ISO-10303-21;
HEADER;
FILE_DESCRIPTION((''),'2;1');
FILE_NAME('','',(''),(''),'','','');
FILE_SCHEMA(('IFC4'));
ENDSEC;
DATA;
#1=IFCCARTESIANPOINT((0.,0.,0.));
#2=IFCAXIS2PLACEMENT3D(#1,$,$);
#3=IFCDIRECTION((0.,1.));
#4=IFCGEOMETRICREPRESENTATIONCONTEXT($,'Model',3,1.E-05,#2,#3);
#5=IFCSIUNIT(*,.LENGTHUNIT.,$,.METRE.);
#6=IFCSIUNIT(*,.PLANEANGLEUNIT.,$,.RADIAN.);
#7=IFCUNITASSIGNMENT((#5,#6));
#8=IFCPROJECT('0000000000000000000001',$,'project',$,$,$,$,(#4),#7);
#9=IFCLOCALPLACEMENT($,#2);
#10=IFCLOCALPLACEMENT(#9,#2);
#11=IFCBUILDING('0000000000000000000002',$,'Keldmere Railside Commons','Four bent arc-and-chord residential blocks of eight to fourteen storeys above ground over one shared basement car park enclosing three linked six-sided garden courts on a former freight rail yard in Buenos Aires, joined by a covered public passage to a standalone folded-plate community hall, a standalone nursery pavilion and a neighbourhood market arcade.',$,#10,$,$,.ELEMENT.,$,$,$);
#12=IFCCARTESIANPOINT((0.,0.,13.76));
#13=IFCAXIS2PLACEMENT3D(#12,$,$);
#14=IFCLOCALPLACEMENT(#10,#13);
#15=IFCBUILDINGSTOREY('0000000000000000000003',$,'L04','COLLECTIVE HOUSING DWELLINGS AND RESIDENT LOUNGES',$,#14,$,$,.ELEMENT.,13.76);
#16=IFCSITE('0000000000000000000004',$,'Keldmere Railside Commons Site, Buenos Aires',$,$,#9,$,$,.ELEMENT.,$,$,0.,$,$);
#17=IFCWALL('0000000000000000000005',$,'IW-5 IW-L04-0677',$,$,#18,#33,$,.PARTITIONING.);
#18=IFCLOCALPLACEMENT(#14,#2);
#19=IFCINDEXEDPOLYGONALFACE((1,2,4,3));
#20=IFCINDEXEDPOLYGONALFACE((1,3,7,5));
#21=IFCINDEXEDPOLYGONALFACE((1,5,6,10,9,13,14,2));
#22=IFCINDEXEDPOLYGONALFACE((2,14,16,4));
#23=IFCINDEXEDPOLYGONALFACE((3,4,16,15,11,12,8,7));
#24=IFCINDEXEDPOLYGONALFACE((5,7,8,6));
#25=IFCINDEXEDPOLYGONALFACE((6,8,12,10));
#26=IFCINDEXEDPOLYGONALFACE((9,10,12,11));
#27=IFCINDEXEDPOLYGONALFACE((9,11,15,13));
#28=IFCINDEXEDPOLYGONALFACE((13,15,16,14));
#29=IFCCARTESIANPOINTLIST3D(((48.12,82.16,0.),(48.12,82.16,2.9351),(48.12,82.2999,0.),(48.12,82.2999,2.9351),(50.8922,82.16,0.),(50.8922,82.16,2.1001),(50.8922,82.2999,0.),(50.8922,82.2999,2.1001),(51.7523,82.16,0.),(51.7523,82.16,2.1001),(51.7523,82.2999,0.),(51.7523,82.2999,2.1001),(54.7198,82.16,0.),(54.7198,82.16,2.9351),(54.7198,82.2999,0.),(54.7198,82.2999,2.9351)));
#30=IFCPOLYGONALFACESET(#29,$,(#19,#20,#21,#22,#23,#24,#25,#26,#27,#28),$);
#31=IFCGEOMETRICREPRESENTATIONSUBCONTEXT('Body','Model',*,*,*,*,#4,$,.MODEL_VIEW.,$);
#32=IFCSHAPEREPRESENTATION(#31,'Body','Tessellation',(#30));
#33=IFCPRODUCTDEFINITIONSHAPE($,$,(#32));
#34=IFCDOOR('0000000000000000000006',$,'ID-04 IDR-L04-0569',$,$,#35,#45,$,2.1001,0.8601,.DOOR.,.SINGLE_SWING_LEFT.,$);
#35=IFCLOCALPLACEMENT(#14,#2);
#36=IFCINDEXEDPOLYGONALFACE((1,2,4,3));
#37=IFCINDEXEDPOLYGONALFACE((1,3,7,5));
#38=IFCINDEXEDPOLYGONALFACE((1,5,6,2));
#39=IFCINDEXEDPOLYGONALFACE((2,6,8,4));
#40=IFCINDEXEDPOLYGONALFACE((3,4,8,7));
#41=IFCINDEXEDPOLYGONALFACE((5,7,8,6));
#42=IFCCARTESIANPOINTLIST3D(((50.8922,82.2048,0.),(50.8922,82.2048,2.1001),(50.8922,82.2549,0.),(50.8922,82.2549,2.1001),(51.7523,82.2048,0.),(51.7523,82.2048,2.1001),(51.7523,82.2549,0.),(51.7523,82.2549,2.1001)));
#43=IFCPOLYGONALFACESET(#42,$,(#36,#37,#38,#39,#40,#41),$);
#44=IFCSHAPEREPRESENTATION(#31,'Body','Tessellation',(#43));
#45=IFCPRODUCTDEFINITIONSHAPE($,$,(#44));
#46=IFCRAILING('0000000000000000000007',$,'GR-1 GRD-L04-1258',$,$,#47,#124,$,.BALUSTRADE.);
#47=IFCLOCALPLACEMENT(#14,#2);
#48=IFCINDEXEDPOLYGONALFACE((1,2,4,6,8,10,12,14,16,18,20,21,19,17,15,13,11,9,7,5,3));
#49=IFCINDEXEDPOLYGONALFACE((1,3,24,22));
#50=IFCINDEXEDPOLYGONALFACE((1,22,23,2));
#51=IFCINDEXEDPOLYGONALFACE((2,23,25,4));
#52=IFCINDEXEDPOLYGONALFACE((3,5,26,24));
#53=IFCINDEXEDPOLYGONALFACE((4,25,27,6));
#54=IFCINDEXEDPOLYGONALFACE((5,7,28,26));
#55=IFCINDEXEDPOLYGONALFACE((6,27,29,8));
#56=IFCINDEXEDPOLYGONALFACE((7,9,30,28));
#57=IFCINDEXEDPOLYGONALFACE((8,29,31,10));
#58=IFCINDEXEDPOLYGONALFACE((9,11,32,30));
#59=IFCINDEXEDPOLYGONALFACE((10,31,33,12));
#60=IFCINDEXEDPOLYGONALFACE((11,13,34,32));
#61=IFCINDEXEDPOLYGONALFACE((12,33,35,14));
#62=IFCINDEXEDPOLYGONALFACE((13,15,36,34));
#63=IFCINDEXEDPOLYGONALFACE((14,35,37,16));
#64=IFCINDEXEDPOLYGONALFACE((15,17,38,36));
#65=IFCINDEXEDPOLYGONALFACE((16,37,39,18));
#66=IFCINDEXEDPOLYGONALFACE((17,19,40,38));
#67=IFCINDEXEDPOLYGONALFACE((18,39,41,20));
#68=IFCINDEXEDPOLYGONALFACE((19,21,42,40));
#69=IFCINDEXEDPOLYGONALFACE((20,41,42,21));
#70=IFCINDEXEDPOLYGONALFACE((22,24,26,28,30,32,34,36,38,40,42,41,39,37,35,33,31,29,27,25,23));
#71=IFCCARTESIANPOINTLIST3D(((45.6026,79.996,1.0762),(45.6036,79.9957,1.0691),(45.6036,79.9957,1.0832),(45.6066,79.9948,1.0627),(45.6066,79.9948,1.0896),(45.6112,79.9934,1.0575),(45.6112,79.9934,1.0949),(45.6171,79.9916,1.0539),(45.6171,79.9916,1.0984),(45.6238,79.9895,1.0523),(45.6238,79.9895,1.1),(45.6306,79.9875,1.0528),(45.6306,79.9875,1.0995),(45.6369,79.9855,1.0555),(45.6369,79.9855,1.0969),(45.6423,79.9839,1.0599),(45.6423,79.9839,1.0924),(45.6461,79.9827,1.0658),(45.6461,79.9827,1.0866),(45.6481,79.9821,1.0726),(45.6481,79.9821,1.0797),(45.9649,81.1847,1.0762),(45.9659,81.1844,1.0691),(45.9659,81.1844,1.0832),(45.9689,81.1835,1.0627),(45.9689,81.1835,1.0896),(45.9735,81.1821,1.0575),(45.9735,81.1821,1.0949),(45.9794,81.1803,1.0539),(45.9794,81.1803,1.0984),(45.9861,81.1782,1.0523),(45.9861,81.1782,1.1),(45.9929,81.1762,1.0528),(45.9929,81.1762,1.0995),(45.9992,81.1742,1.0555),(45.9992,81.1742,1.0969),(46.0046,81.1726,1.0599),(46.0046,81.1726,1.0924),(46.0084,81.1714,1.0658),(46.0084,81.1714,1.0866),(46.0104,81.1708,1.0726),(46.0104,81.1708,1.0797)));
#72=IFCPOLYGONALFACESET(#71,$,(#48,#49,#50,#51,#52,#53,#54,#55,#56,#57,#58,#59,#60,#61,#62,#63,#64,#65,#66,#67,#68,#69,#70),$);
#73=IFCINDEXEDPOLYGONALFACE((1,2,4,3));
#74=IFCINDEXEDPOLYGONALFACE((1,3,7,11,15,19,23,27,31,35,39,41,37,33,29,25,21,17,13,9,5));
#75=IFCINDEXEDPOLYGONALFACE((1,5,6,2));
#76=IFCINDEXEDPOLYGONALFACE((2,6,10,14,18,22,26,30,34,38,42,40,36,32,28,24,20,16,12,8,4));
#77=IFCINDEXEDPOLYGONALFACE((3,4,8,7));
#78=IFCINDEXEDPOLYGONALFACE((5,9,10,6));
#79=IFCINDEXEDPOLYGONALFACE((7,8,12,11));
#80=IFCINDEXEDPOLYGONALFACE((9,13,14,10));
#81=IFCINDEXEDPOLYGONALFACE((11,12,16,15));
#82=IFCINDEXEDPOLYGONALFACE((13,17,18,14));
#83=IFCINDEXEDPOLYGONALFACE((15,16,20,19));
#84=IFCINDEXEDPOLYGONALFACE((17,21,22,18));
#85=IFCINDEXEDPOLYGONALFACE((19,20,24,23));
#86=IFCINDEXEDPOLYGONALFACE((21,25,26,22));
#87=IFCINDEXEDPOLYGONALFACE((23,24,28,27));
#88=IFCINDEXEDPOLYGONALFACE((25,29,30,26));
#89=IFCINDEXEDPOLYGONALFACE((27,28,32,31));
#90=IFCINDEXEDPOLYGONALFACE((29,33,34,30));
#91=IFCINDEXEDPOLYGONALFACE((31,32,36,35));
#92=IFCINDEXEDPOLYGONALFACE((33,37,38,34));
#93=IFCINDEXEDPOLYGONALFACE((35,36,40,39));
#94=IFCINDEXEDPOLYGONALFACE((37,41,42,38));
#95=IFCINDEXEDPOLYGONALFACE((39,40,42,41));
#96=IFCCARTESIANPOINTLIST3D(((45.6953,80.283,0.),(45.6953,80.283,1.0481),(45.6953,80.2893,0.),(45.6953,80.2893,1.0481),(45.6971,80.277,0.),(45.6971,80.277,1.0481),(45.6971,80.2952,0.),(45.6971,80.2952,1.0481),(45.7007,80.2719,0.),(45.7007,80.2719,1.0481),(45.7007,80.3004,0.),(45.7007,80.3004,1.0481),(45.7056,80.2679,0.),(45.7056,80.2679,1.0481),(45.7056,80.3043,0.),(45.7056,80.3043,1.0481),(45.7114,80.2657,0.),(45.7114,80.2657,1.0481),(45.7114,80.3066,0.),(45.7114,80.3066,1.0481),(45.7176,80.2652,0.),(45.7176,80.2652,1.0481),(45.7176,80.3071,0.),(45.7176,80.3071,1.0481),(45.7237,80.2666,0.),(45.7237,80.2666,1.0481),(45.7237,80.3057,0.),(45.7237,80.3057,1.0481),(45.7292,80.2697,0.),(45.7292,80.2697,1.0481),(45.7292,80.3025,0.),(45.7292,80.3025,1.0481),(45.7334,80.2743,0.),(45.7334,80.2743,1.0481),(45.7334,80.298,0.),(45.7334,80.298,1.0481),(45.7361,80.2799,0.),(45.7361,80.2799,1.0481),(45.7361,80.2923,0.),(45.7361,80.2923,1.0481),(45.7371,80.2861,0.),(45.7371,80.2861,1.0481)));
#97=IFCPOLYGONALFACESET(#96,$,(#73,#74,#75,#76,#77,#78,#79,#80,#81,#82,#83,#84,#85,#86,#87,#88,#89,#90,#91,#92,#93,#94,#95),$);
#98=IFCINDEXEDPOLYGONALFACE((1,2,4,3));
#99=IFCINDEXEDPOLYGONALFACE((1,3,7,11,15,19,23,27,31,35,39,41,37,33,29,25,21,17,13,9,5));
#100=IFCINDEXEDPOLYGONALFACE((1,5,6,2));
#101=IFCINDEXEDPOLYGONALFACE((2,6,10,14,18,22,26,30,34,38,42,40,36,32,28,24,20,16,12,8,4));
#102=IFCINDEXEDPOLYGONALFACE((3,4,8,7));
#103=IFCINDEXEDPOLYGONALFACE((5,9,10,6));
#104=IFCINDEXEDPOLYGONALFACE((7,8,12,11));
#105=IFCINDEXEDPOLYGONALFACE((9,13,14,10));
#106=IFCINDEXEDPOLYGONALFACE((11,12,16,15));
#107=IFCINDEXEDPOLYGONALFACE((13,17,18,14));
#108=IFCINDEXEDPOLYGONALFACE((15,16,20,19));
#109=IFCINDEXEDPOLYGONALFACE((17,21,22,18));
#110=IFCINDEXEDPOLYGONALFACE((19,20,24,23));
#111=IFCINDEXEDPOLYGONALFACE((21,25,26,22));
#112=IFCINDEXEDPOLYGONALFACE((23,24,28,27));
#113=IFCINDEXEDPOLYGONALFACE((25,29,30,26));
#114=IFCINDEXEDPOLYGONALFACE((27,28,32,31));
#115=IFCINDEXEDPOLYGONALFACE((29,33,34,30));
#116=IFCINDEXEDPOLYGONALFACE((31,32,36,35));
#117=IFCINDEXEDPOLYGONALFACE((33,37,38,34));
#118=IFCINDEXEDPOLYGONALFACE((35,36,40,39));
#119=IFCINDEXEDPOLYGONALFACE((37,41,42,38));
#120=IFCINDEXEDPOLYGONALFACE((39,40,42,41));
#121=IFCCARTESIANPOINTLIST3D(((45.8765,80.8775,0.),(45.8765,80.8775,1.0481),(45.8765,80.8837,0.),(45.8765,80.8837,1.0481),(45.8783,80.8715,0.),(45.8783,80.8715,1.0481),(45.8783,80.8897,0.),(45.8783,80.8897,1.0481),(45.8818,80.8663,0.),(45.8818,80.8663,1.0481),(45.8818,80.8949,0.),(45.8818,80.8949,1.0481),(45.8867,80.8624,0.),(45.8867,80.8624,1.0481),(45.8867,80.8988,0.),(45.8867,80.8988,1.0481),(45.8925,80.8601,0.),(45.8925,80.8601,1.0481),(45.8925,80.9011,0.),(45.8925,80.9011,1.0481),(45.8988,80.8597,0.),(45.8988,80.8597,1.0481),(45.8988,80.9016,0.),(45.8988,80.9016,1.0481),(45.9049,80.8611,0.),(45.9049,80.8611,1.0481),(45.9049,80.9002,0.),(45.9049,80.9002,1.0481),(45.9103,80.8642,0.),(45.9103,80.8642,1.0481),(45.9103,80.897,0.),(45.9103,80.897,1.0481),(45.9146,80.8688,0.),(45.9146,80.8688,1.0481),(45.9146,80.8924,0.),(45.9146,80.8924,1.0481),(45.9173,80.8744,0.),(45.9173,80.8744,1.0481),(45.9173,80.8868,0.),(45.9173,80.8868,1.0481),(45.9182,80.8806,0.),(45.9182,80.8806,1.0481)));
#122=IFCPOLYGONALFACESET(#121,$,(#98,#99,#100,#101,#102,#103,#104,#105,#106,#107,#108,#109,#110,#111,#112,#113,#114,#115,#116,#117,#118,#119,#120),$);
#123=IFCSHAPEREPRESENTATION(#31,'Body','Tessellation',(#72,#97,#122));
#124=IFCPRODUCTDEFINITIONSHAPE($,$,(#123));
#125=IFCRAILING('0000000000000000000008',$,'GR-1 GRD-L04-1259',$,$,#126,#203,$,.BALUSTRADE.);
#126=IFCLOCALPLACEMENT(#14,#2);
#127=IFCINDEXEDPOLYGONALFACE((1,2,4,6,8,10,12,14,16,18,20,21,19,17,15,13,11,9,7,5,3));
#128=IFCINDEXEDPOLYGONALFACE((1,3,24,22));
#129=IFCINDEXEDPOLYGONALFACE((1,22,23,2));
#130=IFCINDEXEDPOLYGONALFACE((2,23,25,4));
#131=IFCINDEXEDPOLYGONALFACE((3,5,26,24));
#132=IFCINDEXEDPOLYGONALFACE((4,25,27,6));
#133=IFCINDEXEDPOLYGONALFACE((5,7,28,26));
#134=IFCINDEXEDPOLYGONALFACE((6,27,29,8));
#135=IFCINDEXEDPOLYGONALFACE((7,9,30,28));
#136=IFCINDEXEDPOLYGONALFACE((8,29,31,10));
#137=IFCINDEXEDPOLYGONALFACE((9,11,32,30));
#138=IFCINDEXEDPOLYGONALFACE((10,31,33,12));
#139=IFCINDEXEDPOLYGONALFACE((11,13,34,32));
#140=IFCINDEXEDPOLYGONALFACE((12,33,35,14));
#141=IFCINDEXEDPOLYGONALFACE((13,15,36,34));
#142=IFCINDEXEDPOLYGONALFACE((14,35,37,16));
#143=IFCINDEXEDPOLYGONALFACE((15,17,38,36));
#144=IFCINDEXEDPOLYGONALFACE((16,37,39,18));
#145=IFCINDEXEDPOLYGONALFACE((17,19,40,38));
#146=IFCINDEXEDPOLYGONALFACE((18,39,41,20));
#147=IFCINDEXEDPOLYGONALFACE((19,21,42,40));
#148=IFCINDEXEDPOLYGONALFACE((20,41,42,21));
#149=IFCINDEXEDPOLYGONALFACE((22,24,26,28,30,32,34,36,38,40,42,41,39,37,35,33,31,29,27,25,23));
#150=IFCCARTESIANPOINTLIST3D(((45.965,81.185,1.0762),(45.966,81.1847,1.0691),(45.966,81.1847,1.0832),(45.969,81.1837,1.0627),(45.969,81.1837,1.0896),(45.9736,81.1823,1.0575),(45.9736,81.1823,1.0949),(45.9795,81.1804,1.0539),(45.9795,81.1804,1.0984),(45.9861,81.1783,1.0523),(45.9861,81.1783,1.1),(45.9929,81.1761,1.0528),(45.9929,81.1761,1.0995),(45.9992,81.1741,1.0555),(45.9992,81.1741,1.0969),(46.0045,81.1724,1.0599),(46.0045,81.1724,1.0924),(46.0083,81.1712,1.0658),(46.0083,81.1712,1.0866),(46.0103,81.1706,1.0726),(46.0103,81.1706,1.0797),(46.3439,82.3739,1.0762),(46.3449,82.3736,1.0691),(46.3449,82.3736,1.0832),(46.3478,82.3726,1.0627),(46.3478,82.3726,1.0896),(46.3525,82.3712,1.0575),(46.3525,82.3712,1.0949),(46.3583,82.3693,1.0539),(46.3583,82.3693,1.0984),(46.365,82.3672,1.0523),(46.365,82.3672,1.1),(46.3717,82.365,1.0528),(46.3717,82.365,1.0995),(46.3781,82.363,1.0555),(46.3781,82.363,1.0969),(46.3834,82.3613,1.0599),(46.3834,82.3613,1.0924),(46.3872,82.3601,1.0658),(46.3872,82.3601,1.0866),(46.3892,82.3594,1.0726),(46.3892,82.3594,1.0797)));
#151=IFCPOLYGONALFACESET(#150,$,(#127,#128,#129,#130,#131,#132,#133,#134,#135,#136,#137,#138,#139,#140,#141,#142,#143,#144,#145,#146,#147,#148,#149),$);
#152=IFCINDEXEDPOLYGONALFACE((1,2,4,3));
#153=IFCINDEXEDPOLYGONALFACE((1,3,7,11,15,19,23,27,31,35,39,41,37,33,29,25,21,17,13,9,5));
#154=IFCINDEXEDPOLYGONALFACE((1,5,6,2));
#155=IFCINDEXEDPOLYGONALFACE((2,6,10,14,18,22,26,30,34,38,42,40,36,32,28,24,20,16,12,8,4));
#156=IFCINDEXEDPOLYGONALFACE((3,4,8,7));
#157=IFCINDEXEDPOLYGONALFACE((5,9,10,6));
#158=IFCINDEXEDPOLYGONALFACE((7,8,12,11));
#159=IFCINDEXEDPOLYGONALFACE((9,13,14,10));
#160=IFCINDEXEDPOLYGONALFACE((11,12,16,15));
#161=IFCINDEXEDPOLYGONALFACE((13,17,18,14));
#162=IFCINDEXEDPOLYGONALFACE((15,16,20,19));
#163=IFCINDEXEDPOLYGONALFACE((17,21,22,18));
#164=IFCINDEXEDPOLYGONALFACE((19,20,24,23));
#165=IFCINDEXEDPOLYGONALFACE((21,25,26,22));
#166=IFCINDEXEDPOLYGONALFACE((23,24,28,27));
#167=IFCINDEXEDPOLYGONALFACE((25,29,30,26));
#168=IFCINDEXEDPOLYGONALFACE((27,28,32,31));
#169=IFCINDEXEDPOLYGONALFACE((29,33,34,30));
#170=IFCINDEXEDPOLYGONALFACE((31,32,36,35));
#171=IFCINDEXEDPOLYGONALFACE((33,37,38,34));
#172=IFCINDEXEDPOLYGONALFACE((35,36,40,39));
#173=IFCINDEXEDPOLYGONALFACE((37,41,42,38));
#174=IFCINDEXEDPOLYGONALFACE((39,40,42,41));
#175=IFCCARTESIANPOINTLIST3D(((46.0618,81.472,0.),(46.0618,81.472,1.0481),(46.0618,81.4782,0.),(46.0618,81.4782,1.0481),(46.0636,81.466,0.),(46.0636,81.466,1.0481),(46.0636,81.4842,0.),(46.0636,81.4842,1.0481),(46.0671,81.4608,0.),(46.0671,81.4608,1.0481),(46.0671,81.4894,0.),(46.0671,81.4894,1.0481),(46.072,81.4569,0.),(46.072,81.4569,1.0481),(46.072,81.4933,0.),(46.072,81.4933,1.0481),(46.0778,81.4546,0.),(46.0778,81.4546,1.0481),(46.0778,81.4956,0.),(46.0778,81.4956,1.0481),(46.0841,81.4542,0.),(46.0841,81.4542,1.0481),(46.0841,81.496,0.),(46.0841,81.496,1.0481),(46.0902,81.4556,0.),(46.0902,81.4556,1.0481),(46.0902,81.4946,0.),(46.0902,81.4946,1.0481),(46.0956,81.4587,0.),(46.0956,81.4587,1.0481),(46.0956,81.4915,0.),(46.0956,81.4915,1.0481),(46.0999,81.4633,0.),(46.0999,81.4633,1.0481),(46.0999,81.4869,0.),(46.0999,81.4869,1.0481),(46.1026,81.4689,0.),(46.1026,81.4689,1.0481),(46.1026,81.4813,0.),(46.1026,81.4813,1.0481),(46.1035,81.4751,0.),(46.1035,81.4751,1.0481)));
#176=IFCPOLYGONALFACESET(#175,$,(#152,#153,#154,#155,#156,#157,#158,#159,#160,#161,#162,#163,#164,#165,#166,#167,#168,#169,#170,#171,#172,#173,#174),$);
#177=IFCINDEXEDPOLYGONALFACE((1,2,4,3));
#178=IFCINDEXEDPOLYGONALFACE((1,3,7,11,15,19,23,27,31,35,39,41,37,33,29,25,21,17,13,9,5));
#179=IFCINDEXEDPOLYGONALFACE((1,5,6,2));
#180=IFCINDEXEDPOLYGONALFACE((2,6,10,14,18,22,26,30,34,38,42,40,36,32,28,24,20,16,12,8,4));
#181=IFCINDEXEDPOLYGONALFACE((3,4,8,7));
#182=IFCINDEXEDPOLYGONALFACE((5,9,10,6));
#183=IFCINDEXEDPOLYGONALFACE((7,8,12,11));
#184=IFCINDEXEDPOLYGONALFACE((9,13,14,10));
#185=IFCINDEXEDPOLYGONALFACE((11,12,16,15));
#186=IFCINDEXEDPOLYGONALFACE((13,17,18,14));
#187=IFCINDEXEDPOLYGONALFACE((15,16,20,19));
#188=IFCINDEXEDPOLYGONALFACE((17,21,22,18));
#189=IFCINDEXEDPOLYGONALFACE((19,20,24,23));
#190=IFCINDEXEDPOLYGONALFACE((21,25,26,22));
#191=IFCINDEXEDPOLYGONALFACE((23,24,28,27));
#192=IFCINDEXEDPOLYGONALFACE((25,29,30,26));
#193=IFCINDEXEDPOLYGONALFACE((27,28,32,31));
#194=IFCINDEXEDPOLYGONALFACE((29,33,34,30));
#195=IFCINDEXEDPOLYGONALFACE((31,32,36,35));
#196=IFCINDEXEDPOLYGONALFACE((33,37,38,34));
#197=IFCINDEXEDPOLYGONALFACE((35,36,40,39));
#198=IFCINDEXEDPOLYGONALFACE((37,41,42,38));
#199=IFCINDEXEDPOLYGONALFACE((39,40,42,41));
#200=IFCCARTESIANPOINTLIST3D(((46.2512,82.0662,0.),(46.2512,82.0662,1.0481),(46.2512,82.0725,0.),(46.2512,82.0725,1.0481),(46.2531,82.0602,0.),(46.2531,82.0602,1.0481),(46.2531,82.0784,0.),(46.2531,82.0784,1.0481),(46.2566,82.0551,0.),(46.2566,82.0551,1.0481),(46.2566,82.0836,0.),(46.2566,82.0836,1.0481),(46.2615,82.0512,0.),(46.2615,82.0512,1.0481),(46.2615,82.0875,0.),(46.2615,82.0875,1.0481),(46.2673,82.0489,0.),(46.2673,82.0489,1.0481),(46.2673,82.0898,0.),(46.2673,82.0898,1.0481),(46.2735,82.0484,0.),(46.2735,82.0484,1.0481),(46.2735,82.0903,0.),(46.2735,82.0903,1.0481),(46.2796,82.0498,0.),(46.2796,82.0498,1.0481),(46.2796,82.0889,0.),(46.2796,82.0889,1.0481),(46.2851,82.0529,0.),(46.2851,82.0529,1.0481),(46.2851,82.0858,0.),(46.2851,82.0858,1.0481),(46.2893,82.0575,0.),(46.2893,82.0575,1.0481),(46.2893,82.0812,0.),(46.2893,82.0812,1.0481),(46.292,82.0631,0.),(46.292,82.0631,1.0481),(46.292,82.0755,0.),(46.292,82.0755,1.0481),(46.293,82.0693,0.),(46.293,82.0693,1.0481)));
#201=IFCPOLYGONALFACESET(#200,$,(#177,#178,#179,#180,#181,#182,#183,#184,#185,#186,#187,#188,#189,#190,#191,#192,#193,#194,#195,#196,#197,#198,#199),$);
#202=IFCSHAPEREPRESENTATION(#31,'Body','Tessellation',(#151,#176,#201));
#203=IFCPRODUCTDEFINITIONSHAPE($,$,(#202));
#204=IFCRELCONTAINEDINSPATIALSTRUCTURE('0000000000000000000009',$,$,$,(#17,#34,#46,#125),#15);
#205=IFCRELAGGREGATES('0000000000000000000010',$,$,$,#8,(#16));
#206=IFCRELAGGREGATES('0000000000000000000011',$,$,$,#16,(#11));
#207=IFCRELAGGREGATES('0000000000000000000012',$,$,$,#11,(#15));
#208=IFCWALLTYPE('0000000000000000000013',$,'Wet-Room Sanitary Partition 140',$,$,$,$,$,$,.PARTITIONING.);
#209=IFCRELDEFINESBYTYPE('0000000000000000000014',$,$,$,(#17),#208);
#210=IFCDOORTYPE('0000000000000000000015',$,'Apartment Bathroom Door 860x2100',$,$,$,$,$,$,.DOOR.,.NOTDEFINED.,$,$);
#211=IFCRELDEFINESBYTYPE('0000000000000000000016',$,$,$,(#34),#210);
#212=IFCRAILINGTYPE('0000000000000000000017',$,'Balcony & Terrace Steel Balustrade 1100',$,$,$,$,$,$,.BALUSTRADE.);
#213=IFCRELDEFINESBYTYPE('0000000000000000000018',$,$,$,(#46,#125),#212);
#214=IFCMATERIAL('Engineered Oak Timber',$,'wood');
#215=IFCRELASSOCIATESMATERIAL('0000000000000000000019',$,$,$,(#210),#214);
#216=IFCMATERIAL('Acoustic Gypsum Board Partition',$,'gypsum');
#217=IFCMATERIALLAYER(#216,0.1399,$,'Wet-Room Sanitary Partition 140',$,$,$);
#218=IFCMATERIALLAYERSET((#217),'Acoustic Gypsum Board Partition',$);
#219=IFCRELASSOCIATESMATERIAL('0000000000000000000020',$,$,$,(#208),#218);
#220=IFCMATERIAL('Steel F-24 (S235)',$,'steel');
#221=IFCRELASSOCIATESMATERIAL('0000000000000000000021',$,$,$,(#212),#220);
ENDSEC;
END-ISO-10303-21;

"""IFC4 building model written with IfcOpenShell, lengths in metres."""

from ifc_helpers import new_model, si_unit, direction, frame, frame_2d, origin, origin_2d, place, context, subcontext, project, spatial, rectangle, circle, extrude, material, layer, layer_set, type_object, element, fill, save


model = new_model("IFC4")

# Units and contexts
model_context = context("Model", 3, precision=1e-05, world=origin(), true_north=direction((0.0, 1.0)))
body_context = subcontext(model_context, "Body", "Model", "MODEL_VIEW")
ifc_project = project(units=[si_unit("LENGTHUNIT", "METRE"), si_unit("PLANEANGLEUNIT", "RADIAN")], contexts=[model_context])

# Site, building, storey
site_placement = place(None, origin())
site = spatial("IfcSite", under=ifc_project, at=site_placement, Name="Keldmere Railside Commons Site, Buenos Aires", CompositionType="ELEMENT", RefElevation=0.0)
building_placement = place(site_placement, origin())
building = spatial("IfcBuilding", under=site, at=building_placement, Name="Keldmere Railside Commons", Description="Four bent arc-and-chord residential blocks of eight to fourteen storeys above ground over one shared basement car park enclosing three linked six-sided garden courts on a former freight rail yard in Buenos Aires, joined by a covered public passage to a standalone folded-plate community hall, a standalone nursery pavilion and a neighbourhood market arcade.", CompositionType="ELEMENT")
storey_placement = place(building_placement, frame((0.0, 0.0, 13.76)))
storey = spatial("IfcBuildingStorey", under=building, at=storey_placement, Name="L04", Description="COLLECTIVE HOUSING DWELLINGS AND RESIDENT LOUNGES", CompositionType="ELEMENT", Elevation=13.76)

# Shared definitions
ifc_material_1 = material(Name="Acoustic Gypsum Board Partition", Category="gypsum")

# Shared definitions
ifc_material_2 = material(Name="Engineered Oak Timber", Category="wood")

# Shared definitions
door_type_1 = type_object("IfcDoorType", Name="Apartment Bathroom Door 860x2100", OperationType="NOTDEFINED", PredefinedType="DOOR", material=ifc_material_2)

# Shared definitions
ifc_layer_1 = layer(ifc_material_1, 0.1399, Name="Wet-Room Sanitary Partition 140")
ifc_layer_set_1 = layer_set([ifc_layer_1], Name="Acoustic Gypsum Board Partition")
wall_type_1 = type_object("IfcWallType", Name="Wet-Room Sanitary Partition 140", PredefinedType="PARTITIONING", material=ifc_layer_set_1)

# Wall, opening, door
wall_1_placement = place(storey_placement, frame((48.1201, 82.23, 0.0), z_axis=(0.0, 0.0, 1.0), x_axis=(1.0, 0.0, 0.0)))
wall_1 = element("IfcWall", 1, at=wall_1_placement, inside=storey, type_object=wall_type_1, Name="IW-5 IW-L04-0677", PredefinedType="PARTITIONING", context=body_context, shape_type="SweptSolid", body=[
    extrude(rectangle(XDim=6.5999, YDim=0.1399, at=frame_2d((3.2998, 0.0))), origin(), (0.0, 0.0, 1.0), 2.9351),
])
opening_1_placement = place(wall_1_placement, frame((2.772, 0.0, 0.0)))
opening_1 = element("IfcOpeningElement", 2, at=opening_1_placement, cuts=wall_1, PredefinedType="OPENING", context=body_context, shape_type="SweptSolid", body=[
    extrude(rectangle(XDim=0.8601, YDim=2.1001, at=frame_2d((0.4302, 1.05))), frame((0.0, 0.0798, 0.0), z_axis=(0.0, -1.0, 0.0), x_axis=(1.0, 0.0, 0.0)), (0.0, 0.0, 1.0), 0.1599),
])
door_1_placement = place(opening_1_placement, origin())
door_1 = element("IfcDoor", 3, at=door_1_placement, inside=storey, type_object=door_type_1, Name="ID-04 IDR-L04-0569", OperationType="SINGLE_SWING_LEFT", OverallHeight=2.1001, OverallWidth=0.8601, PredefinedType="DOOR", context=body_context, shape_type="SweptSolid", body=[
    extrude(rectangle(XDim=0.8601, YDim=2.1001, at=frame_2d((0.4302, 1.05))), frame((0.0, 0.0249, 0.0), z_axis=(0.0, -1.0, 0.0), x_axis=(1.0, 0.0, 0.0)), (0.0, 0.0, 1.0), 0.05),
])
fill(opening_1, door_1)

# Railings
ifc_material_3 = material(Name="Steel F-24 (S235)", Category="steel")
railing_type = type_object("IfcRailingType", Name="Balcony & Terrace Steel Balustrade 1100", PredefinedType="BALUSTRADE", material=ifc_material_3)
railing_1_placement = place(storey_placement, frame((45.6255, 79.989, 0.0)))
element("IfcRailing", 4, at=railing_1_placement, inside=storey, type_object=railing_type, Name="GR-1 GRD-L04-1258", PredefinedType="BALUSTRADE", context=body_context, shape_type="SweptSolid", body=[
    extrude(circle(Radius=0.0239, at=origin_2d()), frame((0.0, 0.0, 1.0762), z_axis=(0.291545, 0.956557, 0.0), x_axis=(-0.956557, 0.291545, 0.0)), (0.0, 0.0, 1.0), 1.2427),
    extrude(circle(Radius=0.021, at=origin_2d()), frame((0.0906, 0.2971, 0.0)), (0.0, 0.0, 1.0), 1.0481),
    extrude(circle(Radius=0.021, at=origin_2d()), frame((0.2717, 0.8916, 0.0)), (0.0, 0.0, 1.0), 1.0481),
])
railing_2_placement = place(storey_placement, frame((45.9878, 81.1777, 0.0)))
element("IfcRailing", 5, at=railing_2_placement, inside=storey, type_object=railing_type, Name="GR-1 GRD-L04-1259", PredefinedType="BALUSTRADE", context=body_context, shape_type="SweptSolid", body=[
    extrude(circle(Radius=0.0239, at=origin_2d()), frame((0.0, 0.0, 1.0762), z_axis=(0.30364, 0.952787, 0.0), x_axis=(-0.952787, 0.30364, 0.0)), (0.0, 0.0, 1.0), 1.2478),
    extrude(circle(Radius=0.021, at=origin_2d()), frame((0.0947, 0.2974, 0.0)), (0.0, 0.0, 1.0), 1.0481),
    extrude(circle(Radius=0.021, at=origin_2d()), frame((0.2842, 0.8916, 0.0)), (0.0, 0.0, 1.0), 1.0481),
])

save(model, "model.ifc")
